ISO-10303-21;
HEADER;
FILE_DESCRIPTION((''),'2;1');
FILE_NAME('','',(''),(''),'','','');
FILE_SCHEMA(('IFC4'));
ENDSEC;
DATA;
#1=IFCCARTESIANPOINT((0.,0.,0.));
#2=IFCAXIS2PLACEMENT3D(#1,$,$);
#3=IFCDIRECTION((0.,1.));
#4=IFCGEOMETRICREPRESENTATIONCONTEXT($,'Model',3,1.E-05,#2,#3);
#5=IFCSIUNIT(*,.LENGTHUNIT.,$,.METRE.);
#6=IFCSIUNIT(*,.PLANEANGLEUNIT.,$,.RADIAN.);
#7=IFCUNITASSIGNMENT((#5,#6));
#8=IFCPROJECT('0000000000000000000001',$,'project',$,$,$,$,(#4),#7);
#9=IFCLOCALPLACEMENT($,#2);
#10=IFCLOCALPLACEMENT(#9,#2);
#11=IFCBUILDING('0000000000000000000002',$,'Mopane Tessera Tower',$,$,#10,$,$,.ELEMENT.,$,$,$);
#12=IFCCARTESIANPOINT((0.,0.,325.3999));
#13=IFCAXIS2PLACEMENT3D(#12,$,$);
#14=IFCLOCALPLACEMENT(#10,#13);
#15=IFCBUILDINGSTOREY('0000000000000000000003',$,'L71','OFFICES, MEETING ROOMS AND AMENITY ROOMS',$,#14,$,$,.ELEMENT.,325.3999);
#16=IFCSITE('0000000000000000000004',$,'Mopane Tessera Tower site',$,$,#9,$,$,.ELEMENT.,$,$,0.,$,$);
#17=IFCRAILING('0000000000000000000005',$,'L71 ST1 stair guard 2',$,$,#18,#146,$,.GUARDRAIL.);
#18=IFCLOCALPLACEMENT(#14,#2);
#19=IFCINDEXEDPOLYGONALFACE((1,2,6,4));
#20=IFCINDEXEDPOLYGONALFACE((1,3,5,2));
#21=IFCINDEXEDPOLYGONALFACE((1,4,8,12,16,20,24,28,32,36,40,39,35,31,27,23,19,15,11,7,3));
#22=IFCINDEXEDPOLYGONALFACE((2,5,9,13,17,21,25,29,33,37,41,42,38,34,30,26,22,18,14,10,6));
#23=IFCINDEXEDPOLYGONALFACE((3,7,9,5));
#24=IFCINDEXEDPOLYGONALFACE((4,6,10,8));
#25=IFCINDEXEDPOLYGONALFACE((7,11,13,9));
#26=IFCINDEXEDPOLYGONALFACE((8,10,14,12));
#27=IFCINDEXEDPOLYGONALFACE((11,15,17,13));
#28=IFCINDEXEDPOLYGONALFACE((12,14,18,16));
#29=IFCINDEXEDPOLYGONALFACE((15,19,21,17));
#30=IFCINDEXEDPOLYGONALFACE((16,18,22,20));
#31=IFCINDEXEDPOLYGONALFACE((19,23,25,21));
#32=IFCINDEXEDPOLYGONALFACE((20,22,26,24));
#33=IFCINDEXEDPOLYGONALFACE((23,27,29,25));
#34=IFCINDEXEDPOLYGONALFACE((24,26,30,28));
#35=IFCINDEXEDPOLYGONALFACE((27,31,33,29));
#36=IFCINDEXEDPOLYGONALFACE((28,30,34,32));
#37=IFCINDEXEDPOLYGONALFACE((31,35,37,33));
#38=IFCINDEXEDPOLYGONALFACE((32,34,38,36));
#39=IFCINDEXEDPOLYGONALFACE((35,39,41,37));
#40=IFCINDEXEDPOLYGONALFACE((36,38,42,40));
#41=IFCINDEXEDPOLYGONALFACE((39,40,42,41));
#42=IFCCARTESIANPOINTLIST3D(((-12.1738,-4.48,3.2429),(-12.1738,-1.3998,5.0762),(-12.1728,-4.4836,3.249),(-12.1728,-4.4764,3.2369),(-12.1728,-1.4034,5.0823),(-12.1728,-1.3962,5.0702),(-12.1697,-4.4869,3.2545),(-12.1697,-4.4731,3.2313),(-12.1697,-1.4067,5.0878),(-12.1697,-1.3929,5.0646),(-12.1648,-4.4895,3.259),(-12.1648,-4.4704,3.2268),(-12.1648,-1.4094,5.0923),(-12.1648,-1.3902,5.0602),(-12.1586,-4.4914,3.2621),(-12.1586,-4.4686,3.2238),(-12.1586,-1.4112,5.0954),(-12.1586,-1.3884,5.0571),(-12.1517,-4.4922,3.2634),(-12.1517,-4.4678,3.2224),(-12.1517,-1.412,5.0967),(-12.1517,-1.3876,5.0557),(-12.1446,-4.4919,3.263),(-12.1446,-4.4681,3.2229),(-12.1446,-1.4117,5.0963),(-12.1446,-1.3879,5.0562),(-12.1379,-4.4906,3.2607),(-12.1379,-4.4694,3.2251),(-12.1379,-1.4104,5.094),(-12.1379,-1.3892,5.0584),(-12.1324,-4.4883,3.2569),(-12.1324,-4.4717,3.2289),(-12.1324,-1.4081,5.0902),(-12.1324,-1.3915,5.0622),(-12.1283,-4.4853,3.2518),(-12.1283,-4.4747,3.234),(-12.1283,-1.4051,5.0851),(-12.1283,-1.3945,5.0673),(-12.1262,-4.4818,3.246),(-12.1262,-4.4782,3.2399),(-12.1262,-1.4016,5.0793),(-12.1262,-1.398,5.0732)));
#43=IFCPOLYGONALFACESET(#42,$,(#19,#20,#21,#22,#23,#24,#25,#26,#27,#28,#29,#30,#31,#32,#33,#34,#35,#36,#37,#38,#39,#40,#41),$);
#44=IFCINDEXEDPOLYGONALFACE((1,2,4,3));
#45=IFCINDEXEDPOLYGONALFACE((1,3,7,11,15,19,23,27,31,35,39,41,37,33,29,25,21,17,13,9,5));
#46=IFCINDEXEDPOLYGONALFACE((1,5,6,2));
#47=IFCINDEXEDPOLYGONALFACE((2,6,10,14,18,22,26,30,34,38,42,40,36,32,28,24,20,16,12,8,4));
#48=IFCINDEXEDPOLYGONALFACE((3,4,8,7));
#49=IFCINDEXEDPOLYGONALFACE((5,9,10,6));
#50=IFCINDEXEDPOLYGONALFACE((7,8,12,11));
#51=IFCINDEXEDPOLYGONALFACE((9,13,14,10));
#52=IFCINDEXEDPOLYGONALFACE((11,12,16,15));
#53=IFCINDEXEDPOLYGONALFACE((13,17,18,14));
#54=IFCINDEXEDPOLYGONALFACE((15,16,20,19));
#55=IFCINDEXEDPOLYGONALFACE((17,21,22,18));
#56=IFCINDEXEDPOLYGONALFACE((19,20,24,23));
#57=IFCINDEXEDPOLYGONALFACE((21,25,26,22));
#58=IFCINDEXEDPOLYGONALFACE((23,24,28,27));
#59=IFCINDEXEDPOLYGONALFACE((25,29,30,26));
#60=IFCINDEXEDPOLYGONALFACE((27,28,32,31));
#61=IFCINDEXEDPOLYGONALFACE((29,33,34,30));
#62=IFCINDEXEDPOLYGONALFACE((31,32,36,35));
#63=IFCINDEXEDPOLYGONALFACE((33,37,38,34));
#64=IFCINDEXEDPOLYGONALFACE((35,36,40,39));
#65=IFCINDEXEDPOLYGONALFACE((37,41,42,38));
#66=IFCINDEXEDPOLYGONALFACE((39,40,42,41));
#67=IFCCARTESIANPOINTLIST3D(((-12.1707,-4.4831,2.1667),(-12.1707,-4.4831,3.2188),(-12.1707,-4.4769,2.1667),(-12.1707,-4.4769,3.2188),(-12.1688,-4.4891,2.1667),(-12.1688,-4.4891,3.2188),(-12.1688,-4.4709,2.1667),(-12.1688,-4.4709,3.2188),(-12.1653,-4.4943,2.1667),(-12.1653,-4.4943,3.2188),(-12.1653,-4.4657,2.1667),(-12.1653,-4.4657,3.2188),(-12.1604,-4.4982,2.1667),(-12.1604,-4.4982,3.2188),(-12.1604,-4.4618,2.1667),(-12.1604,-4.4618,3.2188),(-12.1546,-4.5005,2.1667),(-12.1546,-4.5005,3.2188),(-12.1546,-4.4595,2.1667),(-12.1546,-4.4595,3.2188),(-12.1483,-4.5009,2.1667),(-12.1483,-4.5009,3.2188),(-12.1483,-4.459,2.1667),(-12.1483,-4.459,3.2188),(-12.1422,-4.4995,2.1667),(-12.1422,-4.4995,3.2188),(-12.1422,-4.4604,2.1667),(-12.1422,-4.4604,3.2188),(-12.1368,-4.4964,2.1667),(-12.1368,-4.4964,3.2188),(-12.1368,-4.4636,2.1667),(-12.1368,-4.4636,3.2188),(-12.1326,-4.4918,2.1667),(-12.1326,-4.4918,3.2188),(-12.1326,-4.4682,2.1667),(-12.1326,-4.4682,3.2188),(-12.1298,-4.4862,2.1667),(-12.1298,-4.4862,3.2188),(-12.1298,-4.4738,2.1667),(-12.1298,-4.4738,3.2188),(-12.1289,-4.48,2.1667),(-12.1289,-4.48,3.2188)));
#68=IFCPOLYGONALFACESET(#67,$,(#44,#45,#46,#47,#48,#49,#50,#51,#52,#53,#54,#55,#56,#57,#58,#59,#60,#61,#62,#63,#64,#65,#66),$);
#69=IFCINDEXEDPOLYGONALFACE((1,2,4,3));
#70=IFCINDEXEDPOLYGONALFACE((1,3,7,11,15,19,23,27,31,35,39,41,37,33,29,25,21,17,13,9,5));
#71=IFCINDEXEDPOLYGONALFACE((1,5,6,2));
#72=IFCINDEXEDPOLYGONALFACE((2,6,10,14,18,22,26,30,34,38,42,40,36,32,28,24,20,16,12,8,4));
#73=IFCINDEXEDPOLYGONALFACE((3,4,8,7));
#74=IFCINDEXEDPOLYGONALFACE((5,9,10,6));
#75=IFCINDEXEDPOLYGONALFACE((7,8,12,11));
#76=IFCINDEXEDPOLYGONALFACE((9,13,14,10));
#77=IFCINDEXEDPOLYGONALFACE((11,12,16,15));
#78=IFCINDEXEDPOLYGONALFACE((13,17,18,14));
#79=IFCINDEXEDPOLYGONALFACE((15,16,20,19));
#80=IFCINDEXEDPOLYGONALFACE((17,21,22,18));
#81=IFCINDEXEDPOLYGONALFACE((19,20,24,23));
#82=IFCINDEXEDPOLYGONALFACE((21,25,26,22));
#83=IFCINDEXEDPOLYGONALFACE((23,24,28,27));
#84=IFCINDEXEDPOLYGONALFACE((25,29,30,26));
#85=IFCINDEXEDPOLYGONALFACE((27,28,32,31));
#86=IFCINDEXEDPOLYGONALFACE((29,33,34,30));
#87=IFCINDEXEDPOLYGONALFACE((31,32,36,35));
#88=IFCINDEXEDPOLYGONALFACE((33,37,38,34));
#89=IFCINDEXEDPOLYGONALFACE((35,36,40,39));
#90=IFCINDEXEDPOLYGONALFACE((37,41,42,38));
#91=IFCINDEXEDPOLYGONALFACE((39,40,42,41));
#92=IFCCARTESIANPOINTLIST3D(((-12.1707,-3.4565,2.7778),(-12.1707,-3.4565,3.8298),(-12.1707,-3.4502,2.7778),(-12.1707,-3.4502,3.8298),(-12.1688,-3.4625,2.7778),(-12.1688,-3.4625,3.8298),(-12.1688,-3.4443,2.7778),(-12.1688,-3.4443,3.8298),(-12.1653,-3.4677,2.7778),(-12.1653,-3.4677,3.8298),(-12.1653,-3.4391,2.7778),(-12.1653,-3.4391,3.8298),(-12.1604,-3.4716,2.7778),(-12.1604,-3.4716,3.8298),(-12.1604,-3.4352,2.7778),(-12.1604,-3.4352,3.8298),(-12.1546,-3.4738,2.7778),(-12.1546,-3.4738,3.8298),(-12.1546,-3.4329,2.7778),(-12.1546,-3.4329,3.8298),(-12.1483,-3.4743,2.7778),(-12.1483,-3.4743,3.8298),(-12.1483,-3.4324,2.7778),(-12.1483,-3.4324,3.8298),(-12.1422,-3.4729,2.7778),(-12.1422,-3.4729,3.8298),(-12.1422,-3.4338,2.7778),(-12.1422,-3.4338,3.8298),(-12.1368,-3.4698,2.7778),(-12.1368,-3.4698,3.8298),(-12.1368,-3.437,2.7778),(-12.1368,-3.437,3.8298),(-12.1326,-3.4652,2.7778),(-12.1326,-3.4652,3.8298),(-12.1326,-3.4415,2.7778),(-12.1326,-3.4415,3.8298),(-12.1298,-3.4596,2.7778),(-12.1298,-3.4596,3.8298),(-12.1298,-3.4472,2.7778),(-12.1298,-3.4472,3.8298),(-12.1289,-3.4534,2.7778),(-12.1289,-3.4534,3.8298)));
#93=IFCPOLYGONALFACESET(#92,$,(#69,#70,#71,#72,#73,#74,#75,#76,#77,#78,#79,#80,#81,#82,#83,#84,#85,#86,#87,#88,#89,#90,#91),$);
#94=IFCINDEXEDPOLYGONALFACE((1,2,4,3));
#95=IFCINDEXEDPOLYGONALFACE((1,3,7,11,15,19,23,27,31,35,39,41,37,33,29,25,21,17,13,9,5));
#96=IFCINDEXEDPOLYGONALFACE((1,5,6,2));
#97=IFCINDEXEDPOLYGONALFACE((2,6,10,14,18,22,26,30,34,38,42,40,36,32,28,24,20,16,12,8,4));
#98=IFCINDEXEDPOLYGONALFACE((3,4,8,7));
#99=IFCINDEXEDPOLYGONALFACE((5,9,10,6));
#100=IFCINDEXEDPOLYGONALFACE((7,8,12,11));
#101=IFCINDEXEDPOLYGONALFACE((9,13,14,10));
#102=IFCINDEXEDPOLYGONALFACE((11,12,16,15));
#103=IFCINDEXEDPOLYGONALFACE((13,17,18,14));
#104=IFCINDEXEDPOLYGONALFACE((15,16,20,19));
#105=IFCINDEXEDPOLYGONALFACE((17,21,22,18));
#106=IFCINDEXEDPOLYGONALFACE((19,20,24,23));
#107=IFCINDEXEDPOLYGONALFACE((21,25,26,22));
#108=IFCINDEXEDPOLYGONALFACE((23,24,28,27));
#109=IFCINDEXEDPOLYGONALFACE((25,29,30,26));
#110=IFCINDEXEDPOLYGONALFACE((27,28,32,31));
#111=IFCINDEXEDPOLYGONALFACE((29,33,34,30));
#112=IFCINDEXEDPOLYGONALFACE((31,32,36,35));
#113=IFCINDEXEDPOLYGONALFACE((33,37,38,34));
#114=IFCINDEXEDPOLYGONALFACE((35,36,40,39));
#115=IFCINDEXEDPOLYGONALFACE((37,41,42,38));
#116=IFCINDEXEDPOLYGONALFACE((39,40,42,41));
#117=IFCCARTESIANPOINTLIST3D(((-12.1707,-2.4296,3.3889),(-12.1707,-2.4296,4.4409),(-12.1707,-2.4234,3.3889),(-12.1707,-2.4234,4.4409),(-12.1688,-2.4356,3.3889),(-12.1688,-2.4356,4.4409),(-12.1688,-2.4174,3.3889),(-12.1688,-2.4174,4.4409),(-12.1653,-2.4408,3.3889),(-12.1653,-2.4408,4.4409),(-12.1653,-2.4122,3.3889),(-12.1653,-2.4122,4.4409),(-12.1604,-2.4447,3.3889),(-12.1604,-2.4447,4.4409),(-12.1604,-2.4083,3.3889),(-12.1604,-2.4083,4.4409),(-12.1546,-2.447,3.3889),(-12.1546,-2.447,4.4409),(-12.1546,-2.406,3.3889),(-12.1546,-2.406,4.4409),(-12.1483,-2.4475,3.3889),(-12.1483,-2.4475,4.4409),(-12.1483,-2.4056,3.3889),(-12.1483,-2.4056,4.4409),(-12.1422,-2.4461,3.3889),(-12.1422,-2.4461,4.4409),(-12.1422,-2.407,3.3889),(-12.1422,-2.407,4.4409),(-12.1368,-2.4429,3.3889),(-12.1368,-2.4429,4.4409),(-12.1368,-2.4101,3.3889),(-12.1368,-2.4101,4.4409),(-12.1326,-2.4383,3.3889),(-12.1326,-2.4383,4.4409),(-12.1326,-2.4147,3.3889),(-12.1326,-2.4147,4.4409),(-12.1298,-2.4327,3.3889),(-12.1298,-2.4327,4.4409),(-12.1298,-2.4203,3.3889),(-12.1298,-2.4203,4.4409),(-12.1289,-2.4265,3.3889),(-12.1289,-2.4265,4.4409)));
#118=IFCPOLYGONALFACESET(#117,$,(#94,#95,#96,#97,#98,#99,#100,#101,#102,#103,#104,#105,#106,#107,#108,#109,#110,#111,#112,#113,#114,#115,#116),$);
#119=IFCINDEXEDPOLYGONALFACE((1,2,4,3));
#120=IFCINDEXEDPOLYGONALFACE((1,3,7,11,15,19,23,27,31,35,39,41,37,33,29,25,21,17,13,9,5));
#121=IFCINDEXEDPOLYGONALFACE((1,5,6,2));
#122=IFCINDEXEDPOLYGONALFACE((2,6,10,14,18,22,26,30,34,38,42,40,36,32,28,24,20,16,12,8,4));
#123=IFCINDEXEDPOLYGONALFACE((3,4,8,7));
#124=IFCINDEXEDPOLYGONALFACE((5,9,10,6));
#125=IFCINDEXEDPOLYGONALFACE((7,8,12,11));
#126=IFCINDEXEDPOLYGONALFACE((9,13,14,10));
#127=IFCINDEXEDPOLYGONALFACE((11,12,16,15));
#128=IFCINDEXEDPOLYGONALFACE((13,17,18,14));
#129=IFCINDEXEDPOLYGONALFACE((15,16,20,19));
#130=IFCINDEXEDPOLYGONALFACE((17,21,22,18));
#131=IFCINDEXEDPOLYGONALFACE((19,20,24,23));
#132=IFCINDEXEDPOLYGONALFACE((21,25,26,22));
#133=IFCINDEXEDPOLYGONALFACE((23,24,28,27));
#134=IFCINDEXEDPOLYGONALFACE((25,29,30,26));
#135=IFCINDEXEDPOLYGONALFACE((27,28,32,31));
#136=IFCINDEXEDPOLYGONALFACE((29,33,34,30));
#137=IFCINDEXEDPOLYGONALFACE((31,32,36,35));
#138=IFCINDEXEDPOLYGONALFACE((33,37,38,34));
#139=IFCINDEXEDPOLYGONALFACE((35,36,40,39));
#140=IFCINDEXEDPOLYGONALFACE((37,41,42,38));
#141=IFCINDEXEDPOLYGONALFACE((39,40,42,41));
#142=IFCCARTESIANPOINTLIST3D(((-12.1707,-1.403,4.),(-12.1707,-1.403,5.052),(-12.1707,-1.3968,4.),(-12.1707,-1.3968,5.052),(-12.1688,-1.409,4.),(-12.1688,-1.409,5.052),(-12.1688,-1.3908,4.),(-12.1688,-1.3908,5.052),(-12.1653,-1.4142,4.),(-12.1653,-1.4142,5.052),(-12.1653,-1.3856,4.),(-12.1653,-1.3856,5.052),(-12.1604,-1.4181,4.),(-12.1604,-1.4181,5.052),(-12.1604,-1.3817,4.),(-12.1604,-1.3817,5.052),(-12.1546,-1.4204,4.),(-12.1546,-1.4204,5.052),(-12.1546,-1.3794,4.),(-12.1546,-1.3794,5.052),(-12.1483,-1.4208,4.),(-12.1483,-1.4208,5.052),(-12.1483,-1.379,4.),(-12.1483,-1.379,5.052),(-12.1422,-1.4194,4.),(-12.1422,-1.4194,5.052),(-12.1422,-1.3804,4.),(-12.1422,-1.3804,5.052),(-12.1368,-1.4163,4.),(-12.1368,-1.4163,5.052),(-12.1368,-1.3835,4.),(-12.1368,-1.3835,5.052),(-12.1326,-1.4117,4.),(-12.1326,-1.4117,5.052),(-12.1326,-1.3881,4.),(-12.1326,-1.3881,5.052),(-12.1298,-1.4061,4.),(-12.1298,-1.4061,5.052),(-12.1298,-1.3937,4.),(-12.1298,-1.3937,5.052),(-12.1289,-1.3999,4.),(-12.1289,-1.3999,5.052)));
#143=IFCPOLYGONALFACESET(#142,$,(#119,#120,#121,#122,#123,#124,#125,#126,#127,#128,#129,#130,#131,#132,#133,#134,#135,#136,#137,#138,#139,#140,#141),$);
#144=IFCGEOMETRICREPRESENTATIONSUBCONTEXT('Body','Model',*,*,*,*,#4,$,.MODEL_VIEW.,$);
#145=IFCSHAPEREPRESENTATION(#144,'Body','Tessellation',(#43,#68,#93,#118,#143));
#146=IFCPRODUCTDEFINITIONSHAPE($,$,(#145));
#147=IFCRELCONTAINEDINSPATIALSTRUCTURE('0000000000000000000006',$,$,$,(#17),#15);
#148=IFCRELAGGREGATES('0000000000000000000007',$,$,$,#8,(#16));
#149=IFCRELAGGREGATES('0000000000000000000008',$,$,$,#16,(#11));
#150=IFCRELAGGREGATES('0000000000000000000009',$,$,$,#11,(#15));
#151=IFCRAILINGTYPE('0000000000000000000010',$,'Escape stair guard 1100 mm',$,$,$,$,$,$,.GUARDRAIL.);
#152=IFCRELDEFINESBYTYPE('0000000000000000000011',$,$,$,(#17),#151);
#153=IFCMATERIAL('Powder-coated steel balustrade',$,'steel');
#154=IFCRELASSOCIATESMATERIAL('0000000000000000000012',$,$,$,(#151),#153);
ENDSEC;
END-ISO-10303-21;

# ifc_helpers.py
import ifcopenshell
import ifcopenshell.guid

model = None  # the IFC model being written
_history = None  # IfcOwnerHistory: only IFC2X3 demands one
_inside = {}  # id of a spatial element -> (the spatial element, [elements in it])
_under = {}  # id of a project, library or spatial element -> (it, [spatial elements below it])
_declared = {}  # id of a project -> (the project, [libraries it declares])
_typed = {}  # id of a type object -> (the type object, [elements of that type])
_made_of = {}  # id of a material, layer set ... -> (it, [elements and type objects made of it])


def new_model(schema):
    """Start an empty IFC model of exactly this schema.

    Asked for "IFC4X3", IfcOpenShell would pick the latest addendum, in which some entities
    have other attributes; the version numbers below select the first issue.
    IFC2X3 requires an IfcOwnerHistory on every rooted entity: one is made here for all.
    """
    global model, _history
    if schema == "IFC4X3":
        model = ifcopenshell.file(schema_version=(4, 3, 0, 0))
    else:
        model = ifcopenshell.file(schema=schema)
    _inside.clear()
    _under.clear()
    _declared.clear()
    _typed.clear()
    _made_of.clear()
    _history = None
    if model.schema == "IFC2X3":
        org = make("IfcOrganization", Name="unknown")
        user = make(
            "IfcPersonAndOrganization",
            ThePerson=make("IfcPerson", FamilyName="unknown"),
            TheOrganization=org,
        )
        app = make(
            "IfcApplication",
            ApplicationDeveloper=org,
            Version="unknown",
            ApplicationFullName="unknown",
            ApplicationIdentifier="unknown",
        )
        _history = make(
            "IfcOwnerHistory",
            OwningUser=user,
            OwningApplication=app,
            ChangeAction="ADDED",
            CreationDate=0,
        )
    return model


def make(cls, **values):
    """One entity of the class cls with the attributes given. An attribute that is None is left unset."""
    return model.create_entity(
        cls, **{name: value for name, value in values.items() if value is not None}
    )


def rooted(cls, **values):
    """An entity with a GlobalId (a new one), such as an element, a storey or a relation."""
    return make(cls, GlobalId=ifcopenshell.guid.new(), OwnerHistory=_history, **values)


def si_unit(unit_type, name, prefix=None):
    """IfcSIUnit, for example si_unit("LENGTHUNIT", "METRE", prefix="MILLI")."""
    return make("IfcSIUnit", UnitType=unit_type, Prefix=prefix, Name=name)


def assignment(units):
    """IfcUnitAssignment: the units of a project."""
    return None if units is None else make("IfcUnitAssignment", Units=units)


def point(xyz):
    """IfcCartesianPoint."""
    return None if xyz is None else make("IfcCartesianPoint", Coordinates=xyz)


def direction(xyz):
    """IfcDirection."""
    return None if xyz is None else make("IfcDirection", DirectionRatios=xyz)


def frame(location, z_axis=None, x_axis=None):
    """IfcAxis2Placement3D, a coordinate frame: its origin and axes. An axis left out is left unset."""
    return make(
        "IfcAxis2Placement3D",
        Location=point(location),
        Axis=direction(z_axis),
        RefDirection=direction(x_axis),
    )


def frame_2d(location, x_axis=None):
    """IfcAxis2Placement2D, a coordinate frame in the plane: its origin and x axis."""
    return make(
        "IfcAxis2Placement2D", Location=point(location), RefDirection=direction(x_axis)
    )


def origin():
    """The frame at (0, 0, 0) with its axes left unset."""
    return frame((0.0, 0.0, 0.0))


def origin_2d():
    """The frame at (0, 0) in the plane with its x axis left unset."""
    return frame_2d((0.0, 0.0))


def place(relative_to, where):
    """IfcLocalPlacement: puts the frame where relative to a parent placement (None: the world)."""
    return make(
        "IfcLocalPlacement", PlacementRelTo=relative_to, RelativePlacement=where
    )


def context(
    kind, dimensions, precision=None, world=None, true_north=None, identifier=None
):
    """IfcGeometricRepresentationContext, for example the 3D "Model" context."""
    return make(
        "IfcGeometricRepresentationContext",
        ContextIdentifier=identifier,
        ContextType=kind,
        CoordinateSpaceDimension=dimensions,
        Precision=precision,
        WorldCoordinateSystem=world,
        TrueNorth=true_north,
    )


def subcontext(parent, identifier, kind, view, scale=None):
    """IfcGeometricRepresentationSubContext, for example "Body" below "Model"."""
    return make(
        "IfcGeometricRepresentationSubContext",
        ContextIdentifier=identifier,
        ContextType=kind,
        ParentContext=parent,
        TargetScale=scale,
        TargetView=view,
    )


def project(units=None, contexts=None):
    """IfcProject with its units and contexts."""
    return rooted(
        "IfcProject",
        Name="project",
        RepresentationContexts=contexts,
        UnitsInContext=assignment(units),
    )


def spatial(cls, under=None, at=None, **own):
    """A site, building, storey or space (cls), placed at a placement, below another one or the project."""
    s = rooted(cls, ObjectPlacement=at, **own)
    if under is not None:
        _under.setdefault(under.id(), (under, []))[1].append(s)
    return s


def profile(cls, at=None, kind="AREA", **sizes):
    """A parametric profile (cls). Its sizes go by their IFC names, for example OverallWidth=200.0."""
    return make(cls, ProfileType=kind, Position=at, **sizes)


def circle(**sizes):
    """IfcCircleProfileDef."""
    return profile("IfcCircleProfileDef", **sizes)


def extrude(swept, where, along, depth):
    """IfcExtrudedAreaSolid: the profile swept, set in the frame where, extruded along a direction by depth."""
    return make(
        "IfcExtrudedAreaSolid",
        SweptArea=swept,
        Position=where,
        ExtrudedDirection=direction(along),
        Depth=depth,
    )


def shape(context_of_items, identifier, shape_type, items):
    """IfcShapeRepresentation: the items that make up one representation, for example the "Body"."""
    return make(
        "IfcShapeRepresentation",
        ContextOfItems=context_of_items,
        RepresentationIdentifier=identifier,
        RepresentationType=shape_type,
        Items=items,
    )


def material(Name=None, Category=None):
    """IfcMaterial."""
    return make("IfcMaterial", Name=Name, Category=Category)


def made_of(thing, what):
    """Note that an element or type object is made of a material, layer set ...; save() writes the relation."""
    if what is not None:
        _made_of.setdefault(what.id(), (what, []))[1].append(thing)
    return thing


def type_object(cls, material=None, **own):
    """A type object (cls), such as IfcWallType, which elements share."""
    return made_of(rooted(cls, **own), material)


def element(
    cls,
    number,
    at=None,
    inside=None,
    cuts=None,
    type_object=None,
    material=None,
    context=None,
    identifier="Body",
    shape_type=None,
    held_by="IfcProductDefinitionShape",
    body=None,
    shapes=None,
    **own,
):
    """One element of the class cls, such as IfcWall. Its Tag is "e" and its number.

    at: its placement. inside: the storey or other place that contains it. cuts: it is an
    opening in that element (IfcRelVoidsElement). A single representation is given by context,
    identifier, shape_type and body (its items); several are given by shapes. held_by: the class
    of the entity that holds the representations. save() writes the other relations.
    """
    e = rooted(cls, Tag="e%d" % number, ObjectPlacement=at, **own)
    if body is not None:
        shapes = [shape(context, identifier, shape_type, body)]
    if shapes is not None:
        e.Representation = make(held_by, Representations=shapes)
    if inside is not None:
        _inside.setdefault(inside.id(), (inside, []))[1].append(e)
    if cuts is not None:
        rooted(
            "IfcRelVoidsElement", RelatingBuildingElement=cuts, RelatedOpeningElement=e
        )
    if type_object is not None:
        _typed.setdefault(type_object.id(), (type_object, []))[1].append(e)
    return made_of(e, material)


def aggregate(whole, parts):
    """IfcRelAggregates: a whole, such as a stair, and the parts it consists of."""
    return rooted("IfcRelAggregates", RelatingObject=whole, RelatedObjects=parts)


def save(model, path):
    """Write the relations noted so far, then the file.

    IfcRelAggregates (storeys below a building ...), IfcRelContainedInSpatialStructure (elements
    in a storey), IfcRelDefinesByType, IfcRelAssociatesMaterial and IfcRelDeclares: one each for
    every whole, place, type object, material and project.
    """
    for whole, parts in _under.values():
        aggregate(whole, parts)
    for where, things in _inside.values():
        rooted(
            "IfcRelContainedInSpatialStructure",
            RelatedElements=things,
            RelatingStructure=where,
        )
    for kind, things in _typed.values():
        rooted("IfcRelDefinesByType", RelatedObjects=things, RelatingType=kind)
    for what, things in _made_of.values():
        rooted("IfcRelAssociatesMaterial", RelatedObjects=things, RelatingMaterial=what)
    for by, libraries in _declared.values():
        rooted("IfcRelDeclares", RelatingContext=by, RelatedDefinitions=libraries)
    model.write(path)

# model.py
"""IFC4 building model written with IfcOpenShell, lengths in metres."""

from ifc_helpers import new_model, si_unit, direction, frame, origin, origin_2d, place, context, subcontext, project, spatial, circle, extrude, material, type_object, element, save


model = new_model("IFC4")

# Units and contexts
model_context = context("Model", 3, precision=1e-05, world=origin(), true_north=direction((0.0, 1.0)))
body_context = subcontext(model_context, "Body", "Model", "MODEL_VIEW")
ifc_project = project(units=[si_unit("LENGTHUNIT", "METRE"), si_unit("PLANEANGLEUNIT", "RADIAN")], contexts=[model_context])

# Site, building, storey
site_placement = place(None, origin())
site = spatial("IfcSite", under=ifc_project, at=site_placement, Name="Mopane Tessera Tower site", CompositionType="ELEMENT", RefElevation=0.0)
building_placement = place(site_placement, origin())
building = spatial("IfcBuilding", under=site, at=building_placement, Name="Mopane Tessera Tower", CompositionType="ELEMENT")
storey_placement = place(building_placement, frame((0.0, 0.0, 325.3999)))
storey = spatial("IfcBuildingStorey", under=building, at=storey_placement, Name="L71", Description="OFFICES, MEETING ROOMS AND AMENITY ROOMS", CompositionType="ELEMENT", Elevation=325.3999)

# Railing
ifc_material_1 = material(Name="Powder-coated steel balustrade", Category="steel")
railing_type_1 = type_object("IfcRailingType", Name="Escape stair guard 1100 mm", PredefinedType="GUARDRAIL", material=ifc_material_1)
railing_1_placement = place(storey_placement, frame((-12.1499, -4.48, 2.1667)))
element("IfcRailing", 1, at=railing_1_placement, inside=storey, type_object=railing_type_1, Name="L71 ST1 stair guard 2", PredefinedType="GUARDRAIL", context=body_context, shape_type="SweptSolid", body=[
    extrude(circle(Radius=0.0239, at=origin_2d()), frame((0.0, 0.0, 1.0762), z_axis=(0.0, 0.859309, 0.511458), x_axis=(-1.0, 0.0, 0.0)), (0.0, 0.0, 1.0), 3.5845),
    extrude(circle(Radius=0.021, at=origin_2d()), origin(), (0.0, 0.0, 1.0), 1.052),
    extrude(circle(Radius=0.021, at=origin_2d()), frame((0.0, 1.0266, 0.6111)), (0.0, 0.0, 1.0), 1.052),
    extrude(circle(Radius=0.021, at=origin_2d()), frame((0.0, 2.0535, 1.2222)), (0.0, 0.0, 1.0), 1.052),
    extrude(circle(Radius=0.021, at=origin_2d()), frame((0.0, 3.0801, 1.8333)), (0.0, 0.0, 1.0), 1.052),
])

save(model, "model.ifc")
